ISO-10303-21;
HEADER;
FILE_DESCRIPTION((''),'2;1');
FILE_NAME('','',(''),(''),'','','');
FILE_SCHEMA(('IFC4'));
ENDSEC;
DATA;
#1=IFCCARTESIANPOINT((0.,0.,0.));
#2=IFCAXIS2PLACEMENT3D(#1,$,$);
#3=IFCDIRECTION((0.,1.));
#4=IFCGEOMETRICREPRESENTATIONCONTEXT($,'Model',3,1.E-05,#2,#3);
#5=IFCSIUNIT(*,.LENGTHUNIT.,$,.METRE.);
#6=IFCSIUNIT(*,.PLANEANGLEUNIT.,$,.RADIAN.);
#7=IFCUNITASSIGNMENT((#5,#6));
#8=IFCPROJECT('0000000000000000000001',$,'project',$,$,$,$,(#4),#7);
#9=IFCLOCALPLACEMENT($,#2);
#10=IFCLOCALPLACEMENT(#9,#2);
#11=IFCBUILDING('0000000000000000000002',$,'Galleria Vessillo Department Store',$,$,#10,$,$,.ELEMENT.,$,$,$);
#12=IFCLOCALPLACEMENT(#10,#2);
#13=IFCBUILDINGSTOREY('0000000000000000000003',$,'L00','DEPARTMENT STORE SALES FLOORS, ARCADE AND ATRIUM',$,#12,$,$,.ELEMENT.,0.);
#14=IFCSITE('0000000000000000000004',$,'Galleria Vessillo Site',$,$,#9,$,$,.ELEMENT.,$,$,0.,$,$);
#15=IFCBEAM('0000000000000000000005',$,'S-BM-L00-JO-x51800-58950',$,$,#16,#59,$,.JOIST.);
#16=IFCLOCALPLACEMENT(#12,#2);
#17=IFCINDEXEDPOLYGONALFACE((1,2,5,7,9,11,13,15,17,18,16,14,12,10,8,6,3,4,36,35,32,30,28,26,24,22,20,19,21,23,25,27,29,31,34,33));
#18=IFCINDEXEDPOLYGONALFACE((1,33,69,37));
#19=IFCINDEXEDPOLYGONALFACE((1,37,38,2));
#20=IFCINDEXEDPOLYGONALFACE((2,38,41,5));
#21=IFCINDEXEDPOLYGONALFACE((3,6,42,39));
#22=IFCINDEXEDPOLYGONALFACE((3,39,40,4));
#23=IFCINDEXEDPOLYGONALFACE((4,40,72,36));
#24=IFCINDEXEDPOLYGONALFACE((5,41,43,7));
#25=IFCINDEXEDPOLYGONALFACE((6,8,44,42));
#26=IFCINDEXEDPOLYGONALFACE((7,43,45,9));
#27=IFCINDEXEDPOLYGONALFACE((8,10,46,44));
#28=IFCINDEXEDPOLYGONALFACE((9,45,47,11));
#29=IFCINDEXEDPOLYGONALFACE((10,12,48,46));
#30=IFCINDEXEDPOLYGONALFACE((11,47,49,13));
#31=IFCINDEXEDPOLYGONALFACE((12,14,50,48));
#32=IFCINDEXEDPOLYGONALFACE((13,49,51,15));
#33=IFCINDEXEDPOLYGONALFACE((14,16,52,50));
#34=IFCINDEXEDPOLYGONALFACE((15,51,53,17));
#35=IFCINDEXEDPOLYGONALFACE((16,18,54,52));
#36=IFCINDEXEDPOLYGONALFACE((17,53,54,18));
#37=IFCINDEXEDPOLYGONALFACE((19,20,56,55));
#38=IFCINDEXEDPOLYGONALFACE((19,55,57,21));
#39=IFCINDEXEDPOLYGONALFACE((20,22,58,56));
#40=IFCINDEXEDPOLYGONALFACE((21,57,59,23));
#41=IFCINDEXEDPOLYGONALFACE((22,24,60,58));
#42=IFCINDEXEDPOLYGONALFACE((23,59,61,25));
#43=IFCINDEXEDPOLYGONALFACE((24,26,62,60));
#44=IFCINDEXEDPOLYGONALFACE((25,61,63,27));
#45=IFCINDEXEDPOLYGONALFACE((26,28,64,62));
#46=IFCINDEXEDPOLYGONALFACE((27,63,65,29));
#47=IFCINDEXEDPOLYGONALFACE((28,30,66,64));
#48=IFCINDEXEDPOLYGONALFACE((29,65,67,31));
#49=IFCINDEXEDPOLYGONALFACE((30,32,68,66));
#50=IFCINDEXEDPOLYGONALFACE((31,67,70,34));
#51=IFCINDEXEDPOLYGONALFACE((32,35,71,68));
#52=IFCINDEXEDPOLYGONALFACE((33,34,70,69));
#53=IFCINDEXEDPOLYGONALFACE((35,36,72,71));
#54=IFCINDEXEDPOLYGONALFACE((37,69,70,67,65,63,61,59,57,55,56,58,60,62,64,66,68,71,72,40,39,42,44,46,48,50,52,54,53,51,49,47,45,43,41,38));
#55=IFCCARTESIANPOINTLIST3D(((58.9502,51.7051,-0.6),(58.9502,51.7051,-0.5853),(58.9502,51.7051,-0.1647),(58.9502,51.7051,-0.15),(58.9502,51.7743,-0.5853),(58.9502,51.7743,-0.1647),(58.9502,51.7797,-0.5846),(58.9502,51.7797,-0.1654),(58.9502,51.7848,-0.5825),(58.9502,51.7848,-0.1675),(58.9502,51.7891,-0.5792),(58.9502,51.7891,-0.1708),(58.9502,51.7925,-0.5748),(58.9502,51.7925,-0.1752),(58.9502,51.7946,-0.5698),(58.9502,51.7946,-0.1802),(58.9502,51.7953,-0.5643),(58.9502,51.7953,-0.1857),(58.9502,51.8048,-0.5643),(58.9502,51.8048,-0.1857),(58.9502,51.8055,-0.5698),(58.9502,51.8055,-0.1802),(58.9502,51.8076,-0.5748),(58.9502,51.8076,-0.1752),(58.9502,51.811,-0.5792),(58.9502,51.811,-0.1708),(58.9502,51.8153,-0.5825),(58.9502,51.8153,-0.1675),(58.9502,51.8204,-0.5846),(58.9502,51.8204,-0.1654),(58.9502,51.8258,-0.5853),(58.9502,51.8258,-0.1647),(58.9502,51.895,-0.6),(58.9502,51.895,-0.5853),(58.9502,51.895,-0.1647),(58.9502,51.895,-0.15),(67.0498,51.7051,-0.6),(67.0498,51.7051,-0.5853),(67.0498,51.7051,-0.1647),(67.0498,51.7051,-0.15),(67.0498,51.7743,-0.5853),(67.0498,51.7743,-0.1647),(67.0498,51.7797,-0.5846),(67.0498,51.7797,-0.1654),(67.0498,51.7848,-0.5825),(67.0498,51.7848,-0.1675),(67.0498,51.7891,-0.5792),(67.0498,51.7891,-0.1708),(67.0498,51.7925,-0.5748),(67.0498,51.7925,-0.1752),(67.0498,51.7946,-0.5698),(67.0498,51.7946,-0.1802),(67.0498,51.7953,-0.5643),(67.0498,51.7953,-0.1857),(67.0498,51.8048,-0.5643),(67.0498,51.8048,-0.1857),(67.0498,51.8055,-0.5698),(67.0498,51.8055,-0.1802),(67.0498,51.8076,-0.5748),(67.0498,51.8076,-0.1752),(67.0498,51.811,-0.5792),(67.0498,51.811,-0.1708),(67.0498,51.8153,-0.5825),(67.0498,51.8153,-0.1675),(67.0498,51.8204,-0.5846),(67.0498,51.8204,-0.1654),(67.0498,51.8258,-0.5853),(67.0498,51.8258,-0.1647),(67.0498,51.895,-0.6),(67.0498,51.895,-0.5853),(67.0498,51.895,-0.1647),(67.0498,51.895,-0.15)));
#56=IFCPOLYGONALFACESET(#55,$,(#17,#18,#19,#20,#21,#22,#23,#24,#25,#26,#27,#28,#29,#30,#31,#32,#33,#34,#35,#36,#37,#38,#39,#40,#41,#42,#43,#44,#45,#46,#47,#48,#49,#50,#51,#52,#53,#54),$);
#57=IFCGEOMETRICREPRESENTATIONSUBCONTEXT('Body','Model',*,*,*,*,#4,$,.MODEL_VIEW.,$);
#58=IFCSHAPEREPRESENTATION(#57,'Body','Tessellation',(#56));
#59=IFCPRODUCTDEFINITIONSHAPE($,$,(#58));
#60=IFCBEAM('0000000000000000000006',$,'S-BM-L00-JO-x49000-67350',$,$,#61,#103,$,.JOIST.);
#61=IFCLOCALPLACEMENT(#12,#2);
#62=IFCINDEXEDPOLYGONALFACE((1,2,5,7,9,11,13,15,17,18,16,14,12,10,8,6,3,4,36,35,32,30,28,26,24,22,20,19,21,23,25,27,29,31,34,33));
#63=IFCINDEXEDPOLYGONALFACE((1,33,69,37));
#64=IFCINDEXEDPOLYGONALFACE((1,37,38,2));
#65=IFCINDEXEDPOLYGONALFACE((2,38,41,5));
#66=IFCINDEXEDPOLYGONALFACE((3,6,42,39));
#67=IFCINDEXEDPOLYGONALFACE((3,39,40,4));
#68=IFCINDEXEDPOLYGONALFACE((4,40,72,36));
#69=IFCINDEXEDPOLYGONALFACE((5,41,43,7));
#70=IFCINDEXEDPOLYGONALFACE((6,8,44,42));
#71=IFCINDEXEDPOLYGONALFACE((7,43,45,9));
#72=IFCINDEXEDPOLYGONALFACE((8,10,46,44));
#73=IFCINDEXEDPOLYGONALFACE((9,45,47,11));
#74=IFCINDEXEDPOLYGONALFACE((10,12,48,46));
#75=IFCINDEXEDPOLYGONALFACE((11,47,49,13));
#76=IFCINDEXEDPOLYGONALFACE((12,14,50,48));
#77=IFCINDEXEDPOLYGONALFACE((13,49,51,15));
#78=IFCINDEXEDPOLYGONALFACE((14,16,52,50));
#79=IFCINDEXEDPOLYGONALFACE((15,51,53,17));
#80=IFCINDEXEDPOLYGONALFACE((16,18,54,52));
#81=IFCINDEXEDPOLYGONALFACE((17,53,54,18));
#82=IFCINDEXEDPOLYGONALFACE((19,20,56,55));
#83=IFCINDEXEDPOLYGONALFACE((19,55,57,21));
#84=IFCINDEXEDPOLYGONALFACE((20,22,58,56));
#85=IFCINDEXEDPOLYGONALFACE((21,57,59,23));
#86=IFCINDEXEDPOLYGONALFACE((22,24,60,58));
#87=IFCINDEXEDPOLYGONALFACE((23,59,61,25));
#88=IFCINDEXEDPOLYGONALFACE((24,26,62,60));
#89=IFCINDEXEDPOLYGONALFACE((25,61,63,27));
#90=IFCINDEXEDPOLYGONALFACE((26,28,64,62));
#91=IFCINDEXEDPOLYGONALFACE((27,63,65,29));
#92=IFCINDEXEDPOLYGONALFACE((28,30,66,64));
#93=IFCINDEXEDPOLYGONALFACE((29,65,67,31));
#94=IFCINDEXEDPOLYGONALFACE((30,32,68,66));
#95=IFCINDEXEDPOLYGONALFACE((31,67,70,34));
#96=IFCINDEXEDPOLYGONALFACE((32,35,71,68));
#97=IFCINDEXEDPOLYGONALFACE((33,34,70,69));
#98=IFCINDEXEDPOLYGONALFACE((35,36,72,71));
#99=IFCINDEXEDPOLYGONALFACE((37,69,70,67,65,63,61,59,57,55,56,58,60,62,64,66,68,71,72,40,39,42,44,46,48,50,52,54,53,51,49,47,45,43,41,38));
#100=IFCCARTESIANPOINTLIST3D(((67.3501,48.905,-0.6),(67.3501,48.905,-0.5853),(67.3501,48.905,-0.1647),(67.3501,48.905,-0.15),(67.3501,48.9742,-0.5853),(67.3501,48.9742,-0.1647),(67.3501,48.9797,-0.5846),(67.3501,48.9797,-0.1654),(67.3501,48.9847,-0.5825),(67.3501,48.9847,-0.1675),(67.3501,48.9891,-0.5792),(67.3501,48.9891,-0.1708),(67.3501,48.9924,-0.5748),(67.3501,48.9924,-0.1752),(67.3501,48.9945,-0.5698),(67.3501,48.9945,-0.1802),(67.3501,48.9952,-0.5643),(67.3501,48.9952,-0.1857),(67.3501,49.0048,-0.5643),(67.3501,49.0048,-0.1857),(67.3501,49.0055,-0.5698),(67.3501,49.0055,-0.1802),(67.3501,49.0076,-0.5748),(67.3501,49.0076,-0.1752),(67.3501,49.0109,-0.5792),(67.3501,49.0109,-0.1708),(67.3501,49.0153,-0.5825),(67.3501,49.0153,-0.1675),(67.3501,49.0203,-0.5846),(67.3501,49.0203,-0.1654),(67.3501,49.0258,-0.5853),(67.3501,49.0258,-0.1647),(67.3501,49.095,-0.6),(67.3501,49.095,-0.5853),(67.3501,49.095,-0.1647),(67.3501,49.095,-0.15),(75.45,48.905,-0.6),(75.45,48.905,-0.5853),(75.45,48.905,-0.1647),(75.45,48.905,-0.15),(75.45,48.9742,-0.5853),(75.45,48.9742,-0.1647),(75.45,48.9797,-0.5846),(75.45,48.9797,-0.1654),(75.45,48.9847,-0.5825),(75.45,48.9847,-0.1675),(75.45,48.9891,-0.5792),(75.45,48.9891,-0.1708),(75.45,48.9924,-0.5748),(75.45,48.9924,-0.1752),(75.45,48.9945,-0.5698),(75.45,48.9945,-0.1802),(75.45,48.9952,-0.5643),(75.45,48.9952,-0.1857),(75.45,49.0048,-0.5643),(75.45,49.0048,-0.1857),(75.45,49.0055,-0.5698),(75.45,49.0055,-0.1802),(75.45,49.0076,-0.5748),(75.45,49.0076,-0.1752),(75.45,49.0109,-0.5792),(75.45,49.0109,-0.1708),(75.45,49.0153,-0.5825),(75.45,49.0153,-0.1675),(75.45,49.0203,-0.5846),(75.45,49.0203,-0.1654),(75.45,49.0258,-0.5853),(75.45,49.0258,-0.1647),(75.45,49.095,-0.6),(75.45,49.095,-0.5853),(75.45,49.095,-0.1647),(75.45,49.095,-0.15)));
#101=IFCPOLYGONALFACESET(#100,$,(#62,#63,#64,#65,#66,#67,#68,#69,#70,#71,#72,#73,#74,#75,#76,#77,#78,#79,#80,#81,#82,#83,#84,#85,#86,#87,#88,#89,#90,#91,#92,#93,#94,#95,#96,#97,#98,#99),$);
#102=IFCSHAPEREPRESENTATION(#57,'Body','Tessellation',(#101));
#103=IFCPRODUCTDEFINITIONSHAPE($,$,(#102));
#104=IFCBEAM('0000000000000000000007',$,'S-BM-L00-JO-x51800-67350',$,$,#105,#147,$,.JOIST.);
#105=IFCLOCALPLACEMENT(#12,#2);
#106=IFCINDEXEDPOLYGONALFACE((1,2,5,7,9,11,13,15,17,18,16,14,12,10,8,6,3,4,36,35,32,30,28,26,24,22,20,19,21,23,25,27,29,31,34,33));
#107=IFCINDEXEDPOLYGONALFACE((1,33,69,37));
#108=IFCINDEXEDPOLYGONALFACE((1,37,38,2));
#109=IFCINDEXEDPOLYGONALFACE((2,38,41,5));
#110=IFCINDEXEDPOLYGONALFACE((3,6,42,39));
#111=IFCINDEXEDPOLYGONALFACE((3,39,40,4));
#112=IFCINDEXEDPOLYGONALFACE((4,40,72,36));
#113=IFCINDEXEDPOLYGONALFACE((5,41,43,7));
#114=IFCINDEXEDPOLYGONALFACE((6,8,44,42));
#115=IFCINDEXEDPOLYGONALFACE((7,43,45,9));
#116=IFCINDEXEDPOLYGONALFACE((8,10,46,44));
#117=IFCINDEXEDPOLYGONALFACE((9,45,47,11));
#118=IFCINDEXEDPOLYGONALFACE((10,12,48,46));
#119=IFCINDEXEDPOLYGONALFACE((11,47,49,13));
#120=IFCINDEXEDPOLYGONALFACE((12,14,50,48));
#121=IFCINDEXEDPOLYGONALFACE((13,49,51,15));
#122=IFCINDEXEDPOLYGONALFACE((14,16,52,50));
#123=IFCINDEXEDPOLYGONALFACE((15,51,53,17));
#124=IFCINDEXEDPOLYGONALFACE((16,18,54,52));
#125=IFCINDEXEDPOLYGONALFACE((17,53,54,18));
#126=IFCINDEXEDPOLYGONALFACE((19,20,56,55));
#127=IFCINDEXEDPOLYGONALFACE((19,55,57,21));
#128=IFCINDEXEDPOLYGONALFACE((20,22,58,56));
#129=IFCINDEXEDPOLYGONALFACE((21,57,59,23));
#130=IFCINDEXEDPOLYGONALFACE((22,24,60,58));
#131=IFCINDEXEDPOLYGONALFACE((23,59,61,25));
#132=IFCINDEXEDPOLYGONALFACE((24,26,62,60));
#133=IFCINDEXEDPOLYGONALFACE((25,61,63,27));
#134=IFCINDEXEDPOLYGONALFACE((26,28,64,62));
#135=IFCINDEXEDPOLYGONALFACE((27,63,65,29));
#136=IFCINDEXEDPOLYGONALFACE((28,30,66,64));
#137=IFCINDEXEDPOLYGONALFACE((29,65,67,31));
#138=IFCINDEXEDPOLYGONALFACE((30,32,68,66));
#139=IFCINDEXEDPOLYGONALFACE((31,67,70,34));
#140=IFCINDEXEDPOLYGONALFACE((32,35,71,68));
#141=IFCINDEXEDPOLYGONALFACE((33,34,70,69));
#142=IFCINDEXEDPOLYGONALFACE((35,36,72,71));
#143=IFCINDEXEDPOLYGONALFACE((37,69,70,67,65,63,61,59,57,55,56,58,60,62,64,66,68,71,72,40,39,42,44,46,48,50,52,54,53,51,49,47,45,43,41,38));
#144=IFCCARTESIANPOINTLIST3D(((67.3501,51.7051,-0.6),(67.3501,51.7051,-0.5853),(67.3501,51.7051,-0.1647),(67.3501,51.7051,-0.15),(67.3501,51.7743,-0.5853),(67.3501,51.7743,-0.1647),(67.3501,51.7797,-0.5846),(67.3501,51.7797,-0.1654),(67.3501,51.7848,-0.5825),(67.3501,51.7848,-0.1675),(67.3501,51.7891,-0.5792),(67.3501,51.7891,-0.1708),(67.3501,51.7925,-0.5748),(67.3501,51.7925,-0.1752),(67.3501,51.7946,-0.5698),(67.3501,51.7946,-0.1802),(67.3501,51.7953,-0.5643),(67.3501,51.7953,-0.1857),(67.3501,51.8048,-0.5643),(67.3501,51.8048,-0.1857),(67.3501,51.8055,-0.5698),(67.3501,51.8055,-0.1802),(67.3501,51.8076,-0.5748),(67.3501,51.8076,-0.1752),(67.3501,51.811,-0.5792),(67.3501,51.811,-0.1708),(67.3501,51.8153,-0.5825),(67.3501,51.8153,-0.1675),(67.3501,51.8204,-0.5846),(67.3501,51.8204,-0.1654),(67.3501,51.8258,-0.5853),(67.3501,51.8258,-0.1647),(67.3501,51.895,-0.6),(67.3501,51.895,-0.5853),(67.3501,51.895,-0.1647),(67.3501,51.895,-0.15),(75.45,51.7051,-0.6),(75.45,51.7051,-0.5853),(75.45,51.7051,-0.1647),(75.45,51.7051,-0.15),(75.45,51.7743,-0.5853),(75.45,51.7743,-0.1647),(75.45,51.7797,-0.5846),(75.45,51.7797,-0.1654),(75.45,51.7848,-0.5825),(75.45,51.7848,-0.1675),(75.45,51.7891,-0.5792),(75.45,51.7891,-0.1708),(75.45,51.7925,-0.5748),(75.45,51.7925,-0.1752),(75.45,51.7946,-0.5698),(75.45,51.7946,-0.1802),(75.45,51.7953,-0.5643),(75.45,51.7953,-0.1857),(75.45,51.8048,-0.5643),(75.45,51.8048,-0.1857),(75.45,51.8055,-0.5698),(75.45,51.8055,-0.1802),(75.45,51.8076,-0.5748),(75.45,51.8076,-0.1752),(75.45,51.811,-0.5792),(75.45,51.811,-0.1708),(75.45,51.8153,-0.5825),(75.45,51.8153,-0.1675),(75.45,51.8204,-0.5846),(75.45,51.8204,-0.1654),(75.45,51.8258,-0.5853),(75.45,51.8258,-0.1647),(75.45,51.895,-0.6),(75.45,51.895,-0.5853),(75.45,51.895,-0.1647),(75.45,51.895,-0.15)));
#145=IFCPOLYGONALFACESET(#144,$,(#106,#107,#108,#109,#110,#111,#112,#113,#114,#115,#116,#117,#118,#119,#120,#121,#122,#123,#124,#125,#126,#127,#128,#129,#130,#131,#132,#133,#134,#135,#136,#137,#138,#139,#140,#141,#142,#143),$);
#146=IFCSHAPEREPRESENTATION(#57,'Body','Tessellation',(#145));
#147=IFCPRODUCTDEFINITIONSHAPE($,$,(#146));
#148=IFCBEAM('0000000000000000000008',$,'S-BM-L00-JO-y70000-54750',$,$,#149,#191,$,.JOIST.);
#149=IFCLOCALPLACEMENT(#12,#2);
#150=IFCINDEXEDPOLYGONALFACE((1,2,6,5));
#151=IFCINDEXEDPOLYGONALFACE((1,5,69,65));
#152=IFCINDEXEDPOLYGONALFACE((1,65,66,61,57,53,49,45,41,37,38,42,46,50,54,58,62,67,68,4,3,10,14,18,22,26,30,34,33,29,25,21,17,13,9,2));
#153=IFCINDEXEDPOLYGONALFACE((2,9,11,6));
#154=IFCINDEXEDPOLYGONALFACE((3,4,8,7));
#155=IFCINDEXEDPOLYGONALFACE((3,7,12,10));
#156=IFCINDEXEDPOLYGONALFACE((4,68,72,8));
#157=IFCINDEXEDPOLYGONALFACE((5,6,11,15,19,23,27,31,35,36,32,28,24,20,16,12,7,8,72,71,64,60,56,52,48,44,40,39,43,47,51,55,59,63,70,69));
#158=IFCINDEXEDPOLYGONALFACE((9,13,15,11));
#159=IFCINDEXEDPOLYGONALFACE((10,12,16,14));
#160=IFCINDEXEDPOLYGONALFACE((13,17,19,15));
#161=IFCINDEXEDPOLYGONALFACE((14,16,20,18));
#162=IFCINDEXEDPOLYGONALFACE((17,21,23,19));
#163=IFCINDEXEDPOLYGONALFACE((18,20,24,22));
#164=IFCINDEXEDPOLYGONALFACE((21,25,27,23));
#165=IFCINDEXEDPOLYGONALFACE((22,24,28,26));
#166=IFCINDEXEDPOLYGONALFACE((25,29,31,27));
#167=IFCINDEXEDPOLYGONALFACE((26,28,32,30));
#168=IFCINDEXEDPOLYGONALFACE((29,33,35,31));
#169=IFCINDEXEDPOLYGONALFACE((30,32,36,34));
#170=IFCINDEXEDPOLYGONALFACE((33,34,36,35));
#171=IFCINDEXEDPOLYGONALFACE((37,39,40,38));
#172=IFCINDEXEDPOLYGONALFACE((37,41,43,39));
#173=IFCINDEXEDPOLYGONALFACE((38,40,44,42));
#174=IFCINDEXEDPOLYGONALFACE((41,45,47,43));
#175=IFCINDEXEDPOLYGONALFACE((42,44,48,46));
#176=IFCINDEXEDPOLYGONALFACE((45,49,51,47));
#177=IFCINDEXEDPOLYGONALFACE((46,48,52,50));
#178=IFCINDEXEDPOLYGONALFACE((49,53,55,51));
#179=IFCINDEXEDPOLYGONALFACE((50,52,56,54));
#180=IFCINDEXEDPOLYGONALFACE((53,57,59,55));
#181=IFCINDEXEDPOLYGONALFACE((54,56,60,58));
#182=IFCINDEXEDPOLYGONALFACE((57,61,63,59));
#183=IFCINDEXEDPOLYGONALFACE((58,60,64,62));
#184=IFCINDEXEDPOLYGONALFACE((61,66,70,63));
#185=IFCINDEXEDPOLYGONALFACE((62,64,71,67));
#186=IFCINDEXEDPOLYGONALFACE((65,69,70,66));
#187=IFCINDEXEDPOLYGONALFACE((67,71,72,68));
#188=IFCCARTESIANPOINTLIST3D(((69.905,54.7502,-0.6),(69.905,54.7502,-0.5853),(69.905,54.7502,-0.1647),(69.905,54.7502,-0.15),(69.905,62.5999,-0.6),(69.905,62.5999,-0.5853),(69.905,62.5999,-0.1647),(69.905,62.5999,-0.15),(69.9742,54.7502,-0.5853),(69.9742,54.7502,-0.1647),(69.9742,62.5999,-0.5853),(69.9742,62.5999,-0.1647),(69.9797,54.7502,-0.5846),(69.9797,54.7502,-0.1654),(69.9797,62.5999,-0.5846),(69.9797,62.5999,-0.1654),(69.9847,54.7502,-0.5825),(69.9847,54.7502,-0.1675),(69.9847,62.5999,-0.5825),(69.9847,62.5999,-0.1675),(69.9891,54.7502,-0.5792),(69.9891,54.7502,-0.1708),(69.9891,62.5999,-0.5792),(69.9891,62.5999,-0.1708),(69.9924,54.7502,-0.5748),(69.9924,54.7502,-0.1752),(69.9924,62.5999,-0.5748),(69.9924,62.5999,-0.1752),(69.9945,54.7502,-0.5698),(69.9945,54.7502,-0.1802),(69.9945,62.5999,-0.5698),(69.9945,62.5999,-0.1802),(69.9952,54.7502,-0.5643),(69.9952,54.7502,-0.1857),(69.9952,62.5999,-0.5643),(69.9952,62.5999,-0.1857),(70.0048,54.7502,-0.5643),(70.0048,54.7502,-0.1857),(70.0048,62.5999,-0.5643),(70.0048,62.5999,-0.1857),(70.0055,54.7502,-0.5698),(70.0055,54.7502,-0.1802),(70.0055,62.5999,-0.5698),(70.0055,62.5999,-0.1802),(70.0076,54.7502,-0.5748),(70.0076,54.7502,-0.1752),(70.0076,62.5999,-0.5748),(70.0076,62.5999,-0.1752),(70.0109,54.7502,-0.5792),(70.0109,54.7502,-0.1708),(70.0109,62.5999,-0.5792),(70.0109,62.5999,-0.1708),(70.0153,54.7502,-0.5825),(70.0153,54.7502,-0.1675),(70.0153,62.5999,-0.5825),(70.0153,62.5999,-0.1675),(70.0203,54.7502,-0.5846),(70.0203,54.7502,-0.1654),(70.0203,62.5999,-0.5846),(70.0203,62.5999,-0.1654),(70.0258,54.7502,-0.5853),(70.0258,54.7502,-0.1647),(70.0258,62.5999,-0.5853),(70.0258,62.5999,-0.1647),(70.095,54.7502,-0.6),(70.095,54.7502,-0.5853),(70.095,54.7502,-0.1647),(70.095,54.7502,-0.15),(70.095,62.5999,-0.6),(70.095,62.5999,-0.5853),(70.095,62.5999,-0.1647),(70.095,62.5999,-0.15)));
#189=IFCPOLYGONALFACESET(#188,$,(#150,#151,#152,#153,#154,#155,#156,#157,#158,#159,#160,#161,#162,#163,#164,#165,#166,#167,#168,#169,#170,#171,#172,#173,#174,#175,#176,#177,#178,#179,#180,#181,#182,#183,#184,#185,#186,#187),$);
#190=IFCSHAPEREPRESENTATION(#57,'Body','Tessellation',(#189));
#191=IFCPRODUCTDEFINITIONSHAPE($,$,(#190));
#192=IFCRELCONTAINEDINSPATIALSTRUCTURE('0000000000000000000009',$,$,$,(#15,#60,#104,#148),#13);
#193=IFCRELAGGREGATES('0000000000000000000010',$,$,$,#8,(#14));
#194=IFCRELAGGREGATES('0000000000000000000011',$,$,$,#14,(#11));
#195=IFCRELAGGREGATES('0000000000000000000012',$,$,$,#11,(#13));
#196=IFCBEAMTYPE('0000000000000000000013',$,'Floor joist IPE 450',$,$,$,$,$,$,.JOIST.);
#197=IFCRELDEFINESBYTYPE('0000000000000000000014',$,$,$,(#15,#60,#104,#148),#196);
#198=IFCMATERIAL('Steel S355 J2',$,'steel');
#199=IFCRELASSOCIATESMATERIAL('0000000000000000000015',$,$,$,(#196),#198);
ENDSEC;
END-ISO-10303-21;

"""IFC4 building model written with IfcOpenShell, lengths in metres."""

from ifc_helpers import new_model, si_unit, direction, frame, origin, origin_2d, place, context, subcontext, project, spatial, i_section, extrude, material, material_profile, profile_set, type_object, element, save


model = new_model("IFC4")

# Units and contexts
model_context = context("Model", 3, precision=1e-05, world=origin(), true_north=direction((0.0, 1.0)))
body_context = subcontext(model_context, "Body", "Model", "MODEL_VIEW")
ifc_project = project(units=[si_unit("LENGTHUNIT", "METRE"), si_unit("PLANEANGLEUNIT", "RADIAN")], contexts=[model_context])

# Site, building, storey
site_placement = place(None, origin())
site = spatial("IfcSite", under=ifc_project, at=site_placement, Name="Galleria Vessillo Site", CompositionType="ELEMENT", RefElevation=0.0)
building_placement = place(site_placement, origin())
building = spatial("IfcBuilding", under=site, at=building_placement, Name="Galleria Vessillo Department Store", CompositionType="ELEMENT")
storey_placement = place(building_placement, origin())
storey = spatial("IfcBuildingStorey", under=building, at=storey_placement, Name="L00", Description="DEPARTMENT STORE SALES FLOORS, ARCADE AND ATRIUM", CompositionType="ELEMENT", Elevation=0.0)

# Beams
ifc_material_1 = material(Name="Steel S355 J2", Category="steel")
ifc_material_profile_1 = material_profile(ifc_material_1, i_section(OverallWidth=0.1899, OverallDepth=0.45, WebThickness=0.0095, FlangeThickness=0.0146, FilletRadius=0.021, at=origin_2d()), Name="IPE 450")
ifc_profile_set_1 = profile_set([ifc_material_profile_1], Name="Steel S355 J2")
beam_type_1 = type_object("IfcBeamType", Name="Floor joist IPE 450", PredefinedType="JOIST", material=ifc_profile_set_1)
for number, where, z_axis, x_axis, name in (
    (1, (58.9502, 51.8, -0.375), (1.0, 0.0, 0.0), (0.0, 1.0, 0.0), "S-BM-L00-JO-x51800-58950"),
):
    element("IfcBeam", number, at=place(storey_placement, frame(where, z_axis=z_axis, x_axis=x_axis)), inside=storey, type_object=beam_type_1, Name=name, PredefinedType="JOIST", context=body_context, shape_type="SweptSolid", body=[
        extrude(i_section(OverallWidth=0.1899, OverallDepth=0.45, WebThickness=0.0095, FlangeThickness=0.0146, FilletRadius=0.021, at=origin_2d()), origin(), (0.0, 0.0, 1.0), 8.0996),
    ])
for number, where, z_axis, x_axis, name in (
    (2, (67.3501, 49.0, -0.375), (1.0, 0.0, 0.0), (0.0, 1.0, 0.0), "S-BM-L00-JO-x49000-67350"),
    (3, (67.3501, 51.8, -0.375), (1.0, 0.0, 0.0), (0.0, 1.0, 0.0), "S-BM-L00-JO-x51800-67350"),
):
    element("IfcBeam", number, at=place(storey_placement, frame(where, z_axis=z_axis, x_axis=x_axis)), inside=storey, type_object=beam_type_1, Name=name, PredefinedType="JOIST", context=body_context, shape_type="SweptSolid", body=[
        extrude(i_section(OverallWidth=0.1899, OverallDepth=0.45, WebThickness=0.0095, FlangeThickness=0.0146, FilletRadius=0.021, at=origin_2d()), origin(), (0.0, 0.0, 1.0), 8.0999),
    ])
for number, where, z_axis, x_axis, name in (
    (4, (70.0, 54.7502, -0.375), (0.0, 1.0, 0.0), (-1.0, 0.0, 0.0), "S-BM-L00-JO-y70000-54750"),
):
    element("IfcBeam", number, at=place(storey_placement, frame(where, z_axis=z_axis, x_axis=x_axis)), inside=storey, type_object=beam_type_1, Name=name, PredefinedType="JOIST", context=body_context, shape_type="SweptSolid", body=[
        extrude(i_section(OverallWidth=0.1899, OverallDepth=0.45, WebThickness=0.0095, FlangeThickness=0.0146, FilletRadius=0.021, at=origin_2d()), origin(), (0.0, 0.0, 1.0), 7.8496),
    ])

save(model, "model.ifc")
